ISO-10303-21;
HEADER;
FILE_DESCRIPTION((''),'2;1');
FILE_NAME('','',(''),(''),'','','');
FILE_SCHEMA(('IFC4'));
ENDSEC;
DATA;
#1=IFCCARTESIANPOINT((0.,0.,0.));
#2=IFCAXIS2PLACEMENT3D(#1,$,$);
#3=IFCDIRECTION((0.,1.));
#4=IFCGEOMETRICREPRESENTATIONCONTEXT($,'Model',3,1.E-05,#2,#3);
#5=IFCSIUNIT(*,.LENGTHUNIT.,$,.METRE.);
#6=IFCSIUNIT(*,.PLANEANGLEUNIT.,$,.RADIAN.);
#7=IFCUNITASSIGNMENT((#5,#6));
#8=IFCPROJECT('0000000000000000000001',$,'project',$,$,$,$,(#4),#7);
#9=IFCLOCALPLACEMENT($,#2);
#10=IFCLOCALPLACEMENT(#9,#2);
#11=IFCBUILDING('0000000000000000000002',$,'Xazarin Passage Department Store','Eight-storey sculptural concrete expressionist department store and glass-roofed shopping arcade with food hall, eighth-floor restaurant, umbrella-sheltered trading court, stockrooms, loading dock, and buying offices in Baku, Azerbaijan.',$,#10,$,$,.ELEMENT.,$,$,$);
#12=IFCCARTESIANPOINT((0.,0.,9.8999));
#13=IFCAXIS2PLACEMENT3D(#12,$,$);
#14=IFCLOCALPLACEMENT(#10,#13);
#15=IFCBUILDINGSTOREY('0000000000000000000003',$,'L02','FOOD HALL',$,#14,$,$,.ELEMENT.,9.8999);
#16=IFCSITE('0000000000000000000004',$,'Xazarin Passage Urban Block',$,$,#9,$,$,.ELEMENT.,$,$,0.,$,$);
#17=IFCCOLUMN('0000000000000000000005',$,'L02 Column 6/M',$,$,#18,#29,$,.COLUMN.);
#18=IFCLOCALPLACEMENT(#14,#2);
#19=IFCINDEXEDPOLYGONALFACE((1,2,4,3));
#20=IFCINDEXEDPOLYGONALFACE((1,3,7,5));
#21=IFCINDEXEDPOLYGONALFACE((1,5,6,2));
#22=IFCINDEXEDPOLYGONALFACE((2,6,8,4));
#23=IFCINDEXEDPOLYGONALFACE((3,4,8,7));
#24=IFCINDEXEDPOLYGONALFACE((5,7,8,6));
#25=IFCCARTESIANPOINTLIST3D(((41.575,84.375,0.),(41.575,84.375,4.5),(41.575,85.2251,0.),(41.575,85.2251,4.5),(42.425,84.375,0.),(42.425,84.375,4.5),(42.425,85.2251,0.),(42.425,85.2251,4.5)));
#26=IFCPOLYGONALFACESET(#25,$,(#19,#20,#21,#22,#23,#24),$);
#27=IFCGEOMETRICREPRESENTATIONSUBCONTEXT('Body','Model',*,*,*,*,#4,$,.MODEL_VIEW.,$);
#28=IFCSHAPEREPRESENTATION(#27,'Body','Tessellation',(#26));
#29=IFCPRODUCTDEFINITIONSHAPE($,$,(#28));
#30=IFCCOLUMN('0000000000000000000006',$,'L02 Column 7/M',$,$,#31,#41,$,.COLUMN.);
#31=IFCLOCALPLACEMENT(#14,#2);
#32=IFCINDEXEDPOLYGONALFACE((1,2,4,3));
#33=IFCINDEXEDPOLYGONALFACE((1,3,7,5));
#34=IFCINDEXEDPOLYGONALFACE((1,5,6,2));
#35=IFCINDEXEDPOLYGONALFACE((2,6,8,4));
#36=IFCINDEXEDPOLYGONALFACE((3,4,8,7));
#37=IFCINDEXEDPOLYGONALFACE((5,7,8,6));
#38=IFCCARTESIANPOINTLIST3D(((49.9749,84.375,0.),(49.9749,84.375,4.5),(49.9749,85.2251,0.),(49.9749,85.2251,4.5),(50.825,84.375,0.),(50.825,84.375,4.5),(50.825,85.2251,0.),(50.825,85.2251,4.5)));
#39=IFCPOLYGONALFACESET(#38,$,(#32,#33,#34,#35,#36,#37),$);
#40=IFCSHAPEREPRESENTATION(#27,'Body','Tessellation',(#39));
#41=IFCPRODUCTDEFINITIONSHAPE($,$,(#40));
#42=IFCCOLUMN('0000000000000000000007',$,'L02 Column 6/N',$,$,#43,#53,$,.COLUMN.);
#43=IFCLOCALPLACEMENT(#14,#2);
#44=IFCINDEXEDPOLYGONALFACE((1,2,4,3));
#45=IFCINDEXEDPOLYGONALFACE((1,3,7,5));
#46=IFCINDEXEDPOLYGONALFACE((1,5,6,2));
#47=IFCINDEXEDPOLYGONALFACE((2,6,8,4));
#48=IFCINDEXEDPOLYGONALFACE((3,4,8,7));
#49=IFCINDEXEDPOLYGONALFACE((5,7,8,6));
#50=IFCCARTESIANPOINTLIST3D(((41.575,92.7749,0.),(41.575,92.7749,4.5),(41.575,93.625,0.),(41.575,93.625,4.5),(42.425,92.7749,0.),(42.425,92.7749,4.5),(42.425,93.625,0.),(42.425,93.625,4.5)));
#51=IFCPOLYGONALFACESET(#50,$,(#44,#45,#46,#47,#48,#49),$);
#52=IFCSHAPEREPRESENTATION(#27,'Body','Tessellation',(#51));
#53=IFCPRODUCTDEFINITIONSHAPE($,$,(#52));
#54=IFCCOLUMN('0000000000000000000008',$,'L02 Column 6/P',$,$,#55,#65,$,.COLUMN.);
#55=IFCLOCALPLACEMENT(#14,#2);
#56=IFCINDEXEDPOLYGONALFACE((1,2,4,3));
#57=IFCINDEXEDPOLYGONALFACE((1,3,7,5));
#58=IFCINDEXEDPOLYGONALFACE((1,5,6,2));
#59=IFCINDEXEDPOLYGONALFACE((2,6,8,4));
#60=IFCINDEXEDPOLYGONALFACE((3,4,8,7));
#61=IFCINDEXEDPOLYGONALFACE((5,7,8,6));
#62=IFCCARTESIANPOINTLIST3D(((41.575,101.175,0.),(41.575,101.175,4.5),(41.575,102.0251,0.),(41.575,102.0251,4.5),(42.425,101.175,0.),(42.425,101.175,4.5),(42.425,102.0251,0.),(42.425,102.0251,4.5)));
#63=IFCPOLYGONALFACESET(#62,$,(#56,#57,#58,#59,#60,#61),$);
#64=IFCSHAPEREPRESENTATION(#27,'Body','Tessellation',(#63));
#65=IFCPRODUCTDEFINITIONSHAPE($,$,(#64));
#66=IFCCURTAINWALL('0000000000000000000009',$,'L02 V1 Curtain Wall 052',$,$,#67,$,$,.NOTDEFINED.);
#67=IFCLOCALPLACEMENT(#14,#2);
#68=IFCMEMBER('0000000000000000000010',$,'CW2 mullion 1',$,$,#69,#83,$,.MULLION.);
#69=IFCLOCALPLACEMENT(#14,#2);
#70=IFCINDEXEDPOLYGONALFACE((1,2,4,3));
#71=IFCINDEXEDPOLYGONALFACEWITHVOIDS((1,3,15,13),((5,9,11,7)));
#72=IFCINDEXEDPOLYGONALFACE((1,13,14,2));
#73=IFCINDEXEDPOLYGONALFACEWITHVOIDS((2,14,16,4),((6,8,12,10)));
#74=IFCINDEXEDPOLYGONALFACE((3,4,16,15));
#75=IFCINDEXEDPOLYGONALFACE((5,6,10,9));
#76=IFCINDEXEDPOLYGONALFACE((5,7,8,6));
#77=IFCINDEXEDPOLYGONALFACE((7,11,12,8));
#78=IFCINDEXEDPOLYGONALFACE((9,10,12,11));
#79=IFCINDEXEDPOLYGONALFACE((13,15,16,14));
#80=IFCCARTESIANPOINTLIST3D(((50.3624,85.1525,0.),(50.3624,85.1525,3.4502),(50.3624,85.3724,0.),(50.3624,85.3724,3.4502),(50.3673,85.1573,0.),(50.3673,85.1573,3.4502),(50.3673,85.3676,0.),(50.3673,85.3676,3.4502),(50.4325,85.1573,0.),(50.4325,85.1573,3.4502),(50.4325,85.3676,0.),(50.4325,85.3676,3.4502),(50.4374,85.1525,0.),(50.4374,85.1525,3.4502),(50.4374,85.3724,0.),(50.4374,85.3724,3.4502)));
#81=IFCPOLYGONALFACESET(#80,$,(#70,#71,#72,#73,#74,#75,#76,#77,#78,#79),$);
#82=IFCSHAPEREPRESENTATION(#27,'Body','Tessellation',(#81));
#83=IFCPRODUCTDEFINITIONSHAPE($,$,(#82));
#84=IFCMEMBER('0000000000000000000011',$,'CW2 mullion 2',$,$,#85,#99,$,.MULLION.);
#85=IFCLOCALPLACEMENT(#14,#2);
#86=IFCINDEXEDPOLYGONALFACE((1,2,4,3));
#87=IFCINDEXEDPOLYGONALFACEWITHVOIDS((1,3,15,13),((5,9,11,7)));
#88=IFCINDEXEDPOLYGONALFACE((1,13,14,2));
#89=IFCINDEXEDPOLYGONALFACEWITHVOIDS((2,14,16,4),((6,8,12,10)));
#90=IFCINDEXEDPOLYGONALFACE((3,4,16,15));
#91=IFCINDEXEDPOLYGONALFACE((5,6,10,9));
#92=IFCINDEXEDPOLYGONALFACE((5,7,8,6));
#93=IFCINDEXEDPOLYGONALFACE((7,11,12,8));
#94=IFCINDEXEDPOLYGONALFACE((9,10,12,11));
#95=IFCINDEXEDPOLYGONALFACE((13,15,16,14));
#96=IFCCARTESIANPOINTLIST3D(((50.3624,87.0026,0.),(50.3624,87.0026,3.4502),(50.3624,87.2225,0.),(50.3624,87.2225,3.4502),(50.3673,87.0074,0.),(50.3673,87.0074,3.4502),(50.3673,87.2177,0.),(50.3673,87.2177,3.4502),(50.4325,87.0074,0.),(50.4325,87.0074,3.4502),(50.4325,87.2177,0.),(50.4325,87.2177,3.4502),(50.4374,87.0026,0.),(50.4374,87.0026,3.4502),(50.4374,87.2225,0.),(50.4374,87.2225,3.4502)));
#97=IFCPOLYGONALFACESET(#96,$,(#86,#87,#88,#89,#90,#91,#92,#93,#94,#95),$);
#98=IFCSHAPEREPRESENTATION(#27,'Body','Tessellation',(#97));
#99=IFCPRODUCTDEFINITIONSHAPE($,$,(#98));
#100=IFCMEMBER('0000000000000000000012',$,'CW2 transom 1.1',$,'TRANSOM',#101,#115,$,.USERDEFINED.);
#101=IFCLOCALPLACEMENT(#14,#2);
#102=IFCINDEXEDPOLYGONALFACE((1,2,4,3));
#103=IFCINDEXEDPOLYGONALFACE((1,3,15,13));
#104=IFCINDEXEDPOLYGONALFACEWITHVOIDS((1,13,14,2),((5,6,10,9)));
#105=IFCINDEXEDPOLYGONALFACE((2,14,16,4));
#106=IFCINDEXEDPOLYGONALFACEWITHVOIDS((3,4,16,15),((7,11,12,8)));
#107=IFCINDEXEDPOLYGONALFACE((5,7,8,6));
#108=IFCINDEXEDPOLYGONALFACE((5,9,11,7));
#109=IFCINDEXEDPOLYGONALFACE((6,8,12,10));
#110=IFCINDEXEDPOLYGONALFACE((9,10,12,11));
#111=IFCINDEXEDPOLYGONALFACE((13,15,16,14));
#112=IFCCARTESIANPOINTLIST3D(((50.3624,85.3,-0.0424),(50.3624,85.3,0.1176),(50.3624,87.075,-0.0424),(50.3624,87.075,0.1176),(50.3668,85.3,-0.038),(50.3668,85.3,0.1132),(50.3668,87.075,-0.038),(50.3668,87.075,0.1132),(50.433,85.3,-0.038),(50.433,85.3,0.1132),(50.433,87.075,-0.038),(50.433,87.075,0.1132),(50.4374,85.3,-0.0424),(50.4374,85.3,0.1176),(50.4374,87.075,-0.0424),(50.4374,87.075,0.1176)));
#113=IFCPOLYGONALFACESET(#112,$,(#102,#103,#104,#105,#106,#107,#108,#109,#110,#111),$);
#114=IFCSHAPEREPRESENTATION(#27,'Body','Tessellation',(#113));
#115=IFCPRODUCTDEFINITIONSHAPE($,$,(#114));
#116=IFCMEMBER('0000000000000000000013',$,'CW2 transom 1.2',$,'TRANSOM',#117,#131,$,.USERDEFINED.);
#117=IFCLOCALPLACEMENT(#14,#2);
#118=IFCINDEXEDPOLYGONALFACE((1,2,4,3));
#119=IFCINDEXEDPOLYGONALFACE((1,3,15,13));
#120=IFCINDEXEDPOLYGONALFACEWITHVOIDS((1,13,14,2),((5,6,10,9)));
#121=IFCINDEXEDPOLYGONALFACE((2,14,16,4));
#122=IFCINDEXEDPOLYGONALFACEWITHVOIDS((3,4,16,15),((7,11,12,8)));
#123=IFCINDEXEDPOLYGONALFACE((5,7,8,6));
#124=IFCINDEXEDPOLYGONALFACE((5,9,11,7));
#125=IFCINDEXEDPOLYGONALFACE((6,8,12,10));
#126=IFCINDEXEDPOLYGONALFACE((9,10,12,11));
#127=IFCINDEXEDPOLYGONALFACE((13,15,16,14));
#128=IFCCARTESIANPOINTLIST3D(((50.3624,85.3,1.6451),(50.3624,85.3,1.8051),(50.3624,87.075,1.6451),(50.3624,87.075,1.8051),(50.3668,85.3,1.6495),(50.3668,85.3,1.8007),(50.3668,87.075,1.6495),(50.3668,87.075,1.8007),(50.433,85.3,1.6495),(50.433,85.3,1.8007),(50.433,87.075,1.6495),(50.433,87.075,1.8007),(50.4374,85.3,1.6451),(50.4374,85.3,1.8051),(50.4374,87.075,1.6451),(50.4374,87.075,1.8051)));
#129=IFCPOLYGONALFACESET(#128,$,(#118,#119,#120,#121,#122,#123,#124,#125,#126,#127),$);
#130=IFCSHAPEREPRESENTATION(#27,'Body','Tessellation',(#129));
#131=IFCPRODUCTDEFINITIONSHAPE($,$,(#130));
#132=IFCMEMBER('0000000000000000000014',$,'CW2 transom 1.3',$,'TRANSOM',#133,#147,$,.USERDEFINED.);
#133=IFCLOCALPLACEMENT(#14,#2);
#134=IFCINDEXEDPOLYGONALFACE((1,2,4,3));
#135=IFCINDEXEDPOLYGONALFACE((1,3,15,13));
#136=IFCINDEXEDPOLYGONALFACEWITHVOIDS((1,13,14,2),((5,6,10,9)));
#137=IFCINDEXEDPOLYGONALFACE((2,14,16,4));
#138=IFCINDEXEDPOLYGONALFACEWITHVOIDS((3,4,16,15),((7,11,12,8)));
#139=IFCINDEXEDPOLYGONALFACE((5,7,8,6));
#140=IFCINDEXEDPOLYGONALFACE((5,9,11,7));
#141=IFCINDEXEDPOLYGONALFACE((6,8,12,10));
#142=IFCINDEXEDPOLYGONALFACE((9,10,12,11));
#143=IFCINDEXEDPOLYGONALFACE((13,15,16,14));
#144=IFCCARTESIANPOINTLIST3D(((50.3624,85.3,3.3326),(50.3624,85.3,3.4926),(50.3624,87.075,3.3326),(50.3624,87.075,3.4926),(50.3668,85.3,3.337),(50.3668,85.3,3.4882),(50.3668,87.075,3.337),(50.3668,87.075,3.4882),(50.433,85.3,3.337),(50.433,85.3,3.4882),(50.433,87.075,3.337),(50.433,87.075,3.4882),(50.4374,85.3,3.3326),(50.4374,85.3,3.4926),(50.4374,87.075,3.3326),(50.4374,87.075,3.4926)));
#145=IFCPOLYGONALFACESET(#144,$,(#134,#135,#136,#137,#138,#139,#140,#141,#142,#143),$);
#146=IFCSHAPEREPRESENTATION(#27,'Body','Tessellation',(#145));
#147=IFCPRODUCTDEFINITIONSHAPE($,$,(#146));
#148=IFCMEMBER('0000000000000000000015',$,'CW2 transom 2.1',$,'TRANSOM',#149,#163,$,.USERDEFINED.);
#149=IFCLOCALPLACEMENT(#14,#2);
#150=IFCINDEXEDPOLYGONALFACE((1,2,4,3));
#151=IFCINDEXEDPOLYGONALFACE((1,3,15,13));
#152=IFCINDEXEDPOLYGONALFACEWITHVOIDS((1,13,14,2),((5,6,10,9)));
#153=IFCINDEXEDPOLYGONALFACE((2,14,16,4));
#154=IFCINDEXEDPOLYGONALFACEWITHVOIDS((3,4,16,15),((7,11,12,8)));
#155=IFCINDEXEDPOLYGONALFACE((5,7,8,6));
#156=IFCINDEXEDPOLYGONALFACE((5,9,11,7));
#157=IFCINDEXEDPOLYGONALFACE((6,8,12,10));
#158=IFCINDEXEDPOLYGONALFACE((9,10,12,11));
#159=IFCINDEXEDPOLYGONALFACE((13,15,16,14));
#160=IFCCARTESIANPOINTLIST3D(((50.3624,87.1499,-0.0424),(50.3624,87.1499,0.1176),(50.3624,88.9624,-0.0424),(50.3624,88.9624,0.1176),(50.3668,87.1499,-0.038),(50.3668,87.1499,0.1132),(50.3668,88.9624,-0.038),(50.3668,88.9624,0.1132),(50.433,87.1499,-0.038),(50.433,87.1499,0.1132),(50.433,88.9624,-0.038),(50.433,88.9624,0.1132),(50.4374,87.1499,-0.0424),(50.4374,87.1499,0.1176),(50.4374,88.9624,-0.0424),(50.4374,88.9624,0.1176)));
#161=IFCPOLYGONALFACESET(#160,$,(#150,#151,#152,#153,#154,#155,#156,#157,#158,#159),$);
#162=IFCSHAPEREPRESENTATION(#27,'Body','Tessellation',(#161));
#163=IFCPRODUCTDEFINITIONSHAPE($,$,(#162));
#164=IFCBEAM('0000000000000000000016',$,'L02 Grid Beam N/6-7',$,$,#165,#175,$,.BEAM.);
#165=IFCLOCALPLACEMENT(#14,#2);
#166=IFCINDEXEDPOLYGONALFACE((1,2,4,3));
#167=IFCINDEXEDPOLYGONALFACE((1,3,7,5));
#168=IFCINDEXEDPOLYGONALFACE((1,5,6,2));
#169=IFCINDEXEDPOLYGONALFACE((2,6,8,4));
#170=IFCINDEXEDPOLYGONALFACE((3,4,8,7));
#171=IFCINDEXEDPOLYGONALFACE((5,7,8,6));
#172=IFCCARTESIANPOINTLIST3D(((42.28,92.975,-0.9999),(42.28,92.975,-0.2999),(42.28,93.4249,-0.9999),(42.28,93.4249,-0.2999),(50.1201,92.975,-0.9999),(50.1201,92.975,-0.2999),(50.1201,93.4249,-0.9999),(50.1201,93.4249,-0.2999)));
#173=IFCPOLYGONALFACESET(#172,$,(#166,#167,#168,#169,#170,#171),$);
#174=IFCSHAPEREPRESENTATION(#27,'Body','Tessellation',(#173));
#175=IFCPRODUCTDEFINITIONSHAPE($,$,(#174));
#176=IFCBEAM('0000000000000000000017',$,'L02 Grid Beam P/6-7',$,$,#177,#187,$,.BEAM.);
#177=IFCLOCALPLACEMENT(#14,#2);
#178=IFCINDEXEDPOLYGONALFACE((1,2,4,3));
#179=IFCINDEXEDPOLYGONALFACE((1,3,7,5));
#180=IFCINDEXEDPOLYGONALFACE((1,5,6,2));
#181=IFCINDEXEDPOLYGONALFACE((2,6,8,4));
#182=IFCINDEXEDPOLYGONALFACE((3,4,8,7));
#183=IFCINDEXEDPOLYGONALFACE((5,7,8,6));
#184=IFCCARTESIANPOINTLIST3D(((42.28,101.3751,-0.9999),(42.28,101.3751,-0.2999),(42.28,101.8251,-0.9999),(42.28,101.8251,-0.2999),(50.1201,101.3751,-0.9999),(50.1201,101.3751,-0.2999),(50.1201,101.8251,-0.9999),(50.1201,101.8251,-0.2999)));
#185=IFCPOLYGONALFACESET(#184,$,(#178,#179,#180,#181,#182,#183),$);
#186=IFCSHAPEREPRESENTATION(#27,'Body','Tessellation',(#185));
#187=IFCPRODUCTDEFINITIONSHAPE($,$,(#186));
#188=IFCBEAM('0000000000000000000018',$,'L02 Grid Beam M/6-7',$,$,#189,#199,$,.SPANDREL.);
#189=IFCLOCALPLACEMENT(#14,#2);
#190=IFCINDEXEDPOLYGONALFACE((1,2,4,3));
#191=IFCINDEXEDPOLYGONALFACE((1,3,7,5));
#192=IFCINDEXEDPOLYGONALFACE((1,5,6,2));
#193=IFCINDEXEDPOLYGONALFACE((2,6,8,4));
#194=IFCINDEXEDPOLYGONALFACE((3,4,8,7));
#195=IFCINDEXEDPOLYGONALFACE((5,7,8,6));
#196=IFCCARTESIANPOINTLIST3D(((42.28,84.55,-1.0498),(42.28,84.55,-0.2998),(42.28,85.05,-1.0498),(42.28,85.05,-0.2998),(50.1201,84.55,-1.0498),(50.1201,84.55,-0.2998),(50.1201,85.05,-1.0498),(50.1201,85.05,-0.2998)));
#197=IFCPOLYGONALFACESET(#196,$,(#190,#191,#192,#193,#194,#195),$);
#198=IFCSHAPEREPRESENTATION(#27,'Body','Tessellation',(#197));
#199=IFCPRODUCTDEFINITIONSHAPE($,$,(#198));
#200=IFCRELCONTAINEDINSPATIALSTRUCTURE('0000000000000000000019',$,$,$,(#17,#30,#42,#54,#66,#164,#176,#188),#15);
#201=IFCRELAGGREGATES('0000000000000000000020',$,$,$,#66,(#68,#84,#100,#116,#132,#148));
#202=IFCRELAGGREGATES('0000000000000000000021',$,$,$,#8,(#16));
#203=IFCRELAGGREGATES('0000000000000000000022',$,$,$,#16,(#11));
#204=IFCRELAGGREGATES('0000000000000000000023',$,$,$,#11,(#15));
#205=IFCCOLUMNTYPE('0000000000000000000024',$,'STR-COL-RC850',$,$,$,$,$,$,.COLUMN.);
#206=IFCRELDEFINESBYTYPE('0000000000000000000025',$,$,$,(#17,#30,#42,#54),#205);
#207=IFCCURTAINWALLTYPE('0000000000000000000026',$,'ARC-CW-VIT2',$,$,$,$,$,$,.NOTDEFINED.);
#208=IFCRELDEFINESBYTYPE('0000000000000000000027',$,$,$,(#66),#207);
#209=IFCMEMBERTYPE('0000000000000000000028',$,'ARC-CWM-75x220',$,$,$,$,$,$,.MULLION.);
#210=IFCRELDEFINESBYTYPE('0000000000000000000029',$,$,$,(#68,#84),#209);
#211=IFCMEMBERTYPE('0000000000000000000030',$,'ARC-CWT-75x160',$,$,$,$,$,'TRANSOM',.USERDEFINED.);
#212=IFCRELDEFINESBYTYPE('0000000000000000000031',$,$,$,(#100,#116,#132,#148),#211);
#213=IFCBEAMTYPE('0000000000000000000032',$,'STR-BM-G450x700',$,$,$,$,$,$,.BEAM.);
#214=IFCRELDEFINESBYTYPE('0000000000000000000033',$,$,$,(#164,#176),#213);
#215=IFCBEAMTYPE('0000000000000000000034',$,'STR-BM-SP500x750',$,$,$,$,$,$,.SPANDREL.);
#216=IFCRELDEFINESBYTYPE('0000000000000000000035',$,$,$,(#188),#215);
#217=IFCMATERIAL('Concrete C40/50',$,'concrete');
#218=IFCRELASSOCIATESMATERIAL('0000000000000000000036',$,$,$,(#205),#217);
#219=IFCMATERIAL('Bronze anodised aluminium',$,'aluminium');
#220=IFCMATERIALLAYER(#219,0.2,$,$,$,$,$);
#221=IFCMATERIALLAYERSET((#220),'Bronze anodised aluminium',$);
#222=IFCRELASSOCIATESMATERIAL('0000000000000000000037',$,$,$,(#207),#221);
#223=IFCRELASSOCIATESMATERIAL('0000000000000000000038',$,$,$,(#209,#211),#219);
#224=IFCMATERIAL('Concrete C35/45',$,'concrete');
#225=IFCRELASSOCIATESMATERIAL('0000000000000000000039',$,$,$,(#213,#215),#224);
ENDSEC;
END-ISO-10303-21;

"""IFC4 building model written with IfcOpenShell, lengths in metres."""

from ifc_helpers import new_model, si_unit, direction, frame, origin, origin_2d, place, context, subcontext, project, spatial, rectangle, hollow_rectangle, extrude, material, layer, layer_set, material_profile, profile_set, type_object, element, aggregate, save


model = new_model("IFC4")

# Units and contexts
model_context = context("Model", 3, precision=1e-05, world=origin(), true_north=direction((0.0, 1.0)))
body_context = subcontext(model_context, "Body", "Model", "MODEL_VIEW")
ifc_project = project(units=[si_unit("LENGTHUNIT", "METRE"), si_unit("PLANEANGLEUNIT", "RADIAN")], contexts=[model_context])

# Site, building, storey
site_placement = place(None, origin())
site = spatial("IfcSite", under=ifc_project, at=site_placement, Name="Xazarin Passage Urban Block", CompositionType="ELEMENT", RefElevation=0.0)
building_placement = place(site_placement, origin())
building = spatial("IfcBuilding", under=site, at=building_placement, Name="Xazarin Passage Department Store", Description="Eight-storey sculptural concrete expressionist department store and glass-roofed shopping arcade with food hall, eighth-floor restaurant, umbrella-sheltered trading court, stockrooms, loading dock, and buying offices in Baku, Azerbaijan.", CompositionType="ELEMENT")
storey_placement = place(building_placement, frame((0.0, 0.0, 9.8999)))
storey = spatial("IfcBuildingStorey", under=building, at=storey_placement, Name="L02", Description="FOOD HALL", CompositionType="ELEMENT", Elevation=9.8999)

# Columns
ifc_material_1 = material(Name="Concrete C40/50", Category="concrete")
ifc_material_profile_1 = material_profile(ifc_material_1, rectangle(XDim=0.8501, YDim=0.8501, at=origin_2d()), Name="RC 850x850")
ifc_profile_set_1 = profile_set([ifc_material_profile_1], Name="Concrete C40/50")
column_type = type_object("IfcColumnType", Name="STR-COL-RC850", PredefinedType="COLUMN", material=ifc_profile_set_1)
for number, where, z_axis, x_axis, name in (
    (1, (42.0, 84.8, 0.0), (0.0, 0.0, 1.0), (1.0, 0.0, 0.0), "L02 Column 6/M"),
    (2, (50.3999, 84.8, 0.0), (0.0, 0.0, 1.0), (1.0, 0.0, 0.0), "L02 Column 7/M"),
    (3, (42.0, 93.2, 0.0), (0.0, 0.0, 1.0), (1.0, 0.0, 0.0), "L02 Column 6/N"),
    (4, (42.0, 101.6001, 0.0), (0.0, 0.0, 1.0), (1.0, 0.0, 0.0), "L02 Column 6/P"),
):
    element("IfcColumn", number, at=place(storey_placement, frame(where, z_axis=z_axis, x_axis=x_axis)), inside=storey, type_object=column_type, Name=name, PredefinedType="COLUMN", context=body_context, shape_type="SweptSolid", body=[
        extrude(rectangle(XDim=0.8501, YDim=0.8501, at=origin_2d()), origin(), (0.0, 0.0, 1.0), 4.5),
    ])

# Curtain wall, members
ifc_material_2 = material(Name="Bronze anodised aluminium", Category="aluminium")
ifc_layer_1 = layer(ifc_material_2, 0.2)
ifc_layer_set_1 = layer_set([ifc_layer_1], Name="Bronze anodised aluminium")
curtain_wall_type = type_object("IfcCurtainWallType", Name="ARC-CW-VIT2", PredefinedType="NOTDEFINED", material=ifc_layer_set_1)
curtain_wall_placement = place(storey_placement, origin())
curtain_wall = element("IfcCurtainWall", 5, at=curtain_wall_placement, inside=storey, type_object=curtain_wall_type, Name="L02 V1 Curtain Wall 052", PredefinedType="NOTDEFINED")
ifc_material_profile_2 = material_profile(ifc_material_2, hollow_rectangle(XDim=0.075, YDim=0.22, WallThickness=0.0049, at=origin_2d()), Name="ALU 75x220")
ifc_profile_set_2 = profile_set([ifc_material_profile_2], Name="Bronze anodised aluminium")
member_type_1 = type_object("IfcMemberType", Name="ARC-CWM-75x220", PredefinedType="MULLION", material=ifc_profile_set_2)
member_1_placement = place(storey_placement, frame((50.3999, 85.2625, 0.0), z_axis=(0.0, 0.0, 1.0), x_axis=(-1.0, 0.0, 0.0)))
member_1 = element("IfcMember", 6, at=member_1_placement, type_object=member_type_1, Name="CW2 mullion 1", PredefinedType="MULLION", context=body_context, shape_type="SweptSolid", body=[
    extrude(hollow_rectangle(XDim=0.075, YDim=0.22, WallThickness=0.0049, at=origin_2d()), origin(), (0.0, 0.0, 1.0), 3.4502),
])
member_2_placement = place(storey_placement, frame((50.3999, 87.1125, 0.0), z_axis=(0.0, 0.0, 1.0), x_axis=(-1.0, 0.0, 0.0)))
member_2 = element("IfcMember", 7, at=member_2_placement, type_object=member_type_1, Name="CW2 mullion 2", PredefinedType="MULLION", context=body_context, shape_type="SweptSolid", body=[
    extrude(hollow_rectangle(XDim=0.075, YDim=0.22, WallThickness=0.0049, at=origin_2d()), origin(), (0.0, 0.0, 1.0), 3.4502),
])
ifc_material_profile_3 = material_profile(ifc_material_2, hollow_rectangle(XDim=0.075, YDim=0.1599, WallThickness=0.0044, at=origin_2d()), Name="ALU 75x160")
ifc_profile_set_3 = profile_set([ifc_material_profile_3], Name="Bronze anodised aluminium")
member_type_2 = type_object("IfcMemberType", Name="ARC-CWT-75x160", ElementType="TRANSOM", PredefinedType="USERDEFINED", material=ifc_profile_set_3)
member_3_placement = place(storey_placement, frame((50.3999, 85.3, 0.0376), z_axis=(0.0, 1.0, 0.0), x_axis=(-1.0, 0.0, 0.0)))
member_3 = element("IfcMember", 8, at=member_3_placement, type_object=member_type_2, Name="CW2 transom 1.1", ObjectType="TRANSOM", PredefinedType="USERDEFINED", context=body_context, shape_type="SweptSolid", body=[
    extrude(hollow_rectangle(XDim=0.075, YDim=0.1599, WallThickness=0.0044, at=origin_2d()), origin(), (0.0, 0.0, 1.0), 1.7749),
])
member_4_placement = place(storey_placement, frame((50.3999, 85.3, 1.7251), z_axis=(0.0, 1.0, 0.0), x_axis=(-1.0, 0.0, 0.0)))
member_4 = element("IfcMember", 9, at=member_4_placement, type_object=member_type_2, Name="CW2 transom 1.2", ObjectType="TRANSOM", PredefinedType="USERDEFINED", context=body_context, shape_type="SweptSolid", body=[
    extrude(hollow_rectangle(XDim=0.075, YDim=0.1599, WallThickness=0.0044, at=origin_2d()), origin(), (0.0, 0.0, 1.0), 1.7749),
])
member_5_placement = place(storey_placement, frame((50.3999, 85.3, 3.4126), z_axis=(0.0, 1.0, 0.0), x_axis=(-1.0, 0.0, 0.0)))
member_5 = element("IfcMember", 10, at=member_5_placement, type_object=member_type_2, Name="CW2 transom 1.3", ObjectType="TRANSOM", PredefinedType="USERDEFINED", context=body_context, shape_type="SweptSolid", body=[
    extrude(hollow_rectangle(XDim=0.075, YDim=0.1599, WallThickness=0.0044, at=origin_2d()), origin(), (0.0, 0.0, 1.0), 1.7749),
])
member_6_placement = place(storey_placement, frame((50.3999, 87.1499, 0.0376), z_axis=(0.0, 1.0, 0.0), x_axis=(-1.0, 0.0, 0.0)))
member_6 = element("IfcMember", 11, at=member_6_placement, type_object=member_type_2, Name="CW2 transom 2.1", ObjectType="TRANSOM", PredefinedType="USERDEFINED", context=body_context, shape_type="SweptSolid", body=[
    extrude(hollow_rectangle(XDim=0.075, YDim=0.1599, WallThickness=0.0044, at=origin_2d()), origin(), (0.0, 0.0, 1.0), 1.8125),
])

# Beams
ifc_material_3 = material(Name="Concrete C35/45", Category="concrete")
ifc_material_profile_4 = material_profile(ifc_material_3, rectangle(XDim=0.45, YDim=0.7, at=origin_2d()), Name="RC 450x700")
ifc_profile_set_4 = profile_set([ifc_material_profile_4], Name="Concrete C35/45")
beam_type_1 = type_object("IfcBeamType", Name="STR-BM-G450x700", PredefinedType="BEAM", material=ifc_profile_set_4)
for number, where, z_axis, x_axis, name in (
    (12, (42.28, 93.2, -0.6499), (1.0, 0.0, 0.0), (0.0, 1.0, 0.0), "L02 Grid Beam N/6-7"),
    (13, (42.28, 101.6001, -0.6499), (1.0, 0.0, 0.0), (0.0, 1.0, 0.0), "L02 Grid Beam P/6-7"),
):
    element("IfcBeam", number, at=place(storey_placement, frame(where, z_axis=z_axis, x_axis=x_axis)), inside=storey, type_object=beam_type_1, Name=name, PredefinedType="BEAM", context=body_context, shape_type="SweptSolid", body=[
        extrude(rectangle(XDim=0.45, YDim=0.7, at=origin_2d()), origin(), (0.0, 0.0, 1.0), 7.8401),
    ])
ifc_material_profile_5 = material_profile(ifc_material_3, rectangle(XDim=0.5, YDim=0.75, at=origin_2d()), Name="RC 500x750")
ifc_profile_set_5 = profile_set([ifc_material_profile_5], Name="Concrete C35/45")
beam_type_2 = type_object("IfcBeamType", Name="STR-BM-SP500x750", PredefinedType="SPANDREL", material=ifc_profile_set_5)
beam_1_placement = place(storey_placement, frame((42.28, 84.8, -0.6748), z_axis=(1.0, 0.0, 0.0), x_axis=(0.0, 1.0, 0.0)))
element("IfcBeam", 14, at=beam_1_placement, inside=storey, type_object=beam_type_2, Name="L02 Grid Beam M/6-7", PredefinedType="SPANDREL", context=body_context, shape_type="SweptSolid", body=[
    extrude(rectangle(XDim=0.5, YDim=0.75, at=origin_2d()), origin(), (0.0, 0.0, 1.0), 7.8401),
])

aggregate(curtain_wall, [member_1, member_2, member_3, member_4, member_5, member_6])

save(model, "model.ifc")
